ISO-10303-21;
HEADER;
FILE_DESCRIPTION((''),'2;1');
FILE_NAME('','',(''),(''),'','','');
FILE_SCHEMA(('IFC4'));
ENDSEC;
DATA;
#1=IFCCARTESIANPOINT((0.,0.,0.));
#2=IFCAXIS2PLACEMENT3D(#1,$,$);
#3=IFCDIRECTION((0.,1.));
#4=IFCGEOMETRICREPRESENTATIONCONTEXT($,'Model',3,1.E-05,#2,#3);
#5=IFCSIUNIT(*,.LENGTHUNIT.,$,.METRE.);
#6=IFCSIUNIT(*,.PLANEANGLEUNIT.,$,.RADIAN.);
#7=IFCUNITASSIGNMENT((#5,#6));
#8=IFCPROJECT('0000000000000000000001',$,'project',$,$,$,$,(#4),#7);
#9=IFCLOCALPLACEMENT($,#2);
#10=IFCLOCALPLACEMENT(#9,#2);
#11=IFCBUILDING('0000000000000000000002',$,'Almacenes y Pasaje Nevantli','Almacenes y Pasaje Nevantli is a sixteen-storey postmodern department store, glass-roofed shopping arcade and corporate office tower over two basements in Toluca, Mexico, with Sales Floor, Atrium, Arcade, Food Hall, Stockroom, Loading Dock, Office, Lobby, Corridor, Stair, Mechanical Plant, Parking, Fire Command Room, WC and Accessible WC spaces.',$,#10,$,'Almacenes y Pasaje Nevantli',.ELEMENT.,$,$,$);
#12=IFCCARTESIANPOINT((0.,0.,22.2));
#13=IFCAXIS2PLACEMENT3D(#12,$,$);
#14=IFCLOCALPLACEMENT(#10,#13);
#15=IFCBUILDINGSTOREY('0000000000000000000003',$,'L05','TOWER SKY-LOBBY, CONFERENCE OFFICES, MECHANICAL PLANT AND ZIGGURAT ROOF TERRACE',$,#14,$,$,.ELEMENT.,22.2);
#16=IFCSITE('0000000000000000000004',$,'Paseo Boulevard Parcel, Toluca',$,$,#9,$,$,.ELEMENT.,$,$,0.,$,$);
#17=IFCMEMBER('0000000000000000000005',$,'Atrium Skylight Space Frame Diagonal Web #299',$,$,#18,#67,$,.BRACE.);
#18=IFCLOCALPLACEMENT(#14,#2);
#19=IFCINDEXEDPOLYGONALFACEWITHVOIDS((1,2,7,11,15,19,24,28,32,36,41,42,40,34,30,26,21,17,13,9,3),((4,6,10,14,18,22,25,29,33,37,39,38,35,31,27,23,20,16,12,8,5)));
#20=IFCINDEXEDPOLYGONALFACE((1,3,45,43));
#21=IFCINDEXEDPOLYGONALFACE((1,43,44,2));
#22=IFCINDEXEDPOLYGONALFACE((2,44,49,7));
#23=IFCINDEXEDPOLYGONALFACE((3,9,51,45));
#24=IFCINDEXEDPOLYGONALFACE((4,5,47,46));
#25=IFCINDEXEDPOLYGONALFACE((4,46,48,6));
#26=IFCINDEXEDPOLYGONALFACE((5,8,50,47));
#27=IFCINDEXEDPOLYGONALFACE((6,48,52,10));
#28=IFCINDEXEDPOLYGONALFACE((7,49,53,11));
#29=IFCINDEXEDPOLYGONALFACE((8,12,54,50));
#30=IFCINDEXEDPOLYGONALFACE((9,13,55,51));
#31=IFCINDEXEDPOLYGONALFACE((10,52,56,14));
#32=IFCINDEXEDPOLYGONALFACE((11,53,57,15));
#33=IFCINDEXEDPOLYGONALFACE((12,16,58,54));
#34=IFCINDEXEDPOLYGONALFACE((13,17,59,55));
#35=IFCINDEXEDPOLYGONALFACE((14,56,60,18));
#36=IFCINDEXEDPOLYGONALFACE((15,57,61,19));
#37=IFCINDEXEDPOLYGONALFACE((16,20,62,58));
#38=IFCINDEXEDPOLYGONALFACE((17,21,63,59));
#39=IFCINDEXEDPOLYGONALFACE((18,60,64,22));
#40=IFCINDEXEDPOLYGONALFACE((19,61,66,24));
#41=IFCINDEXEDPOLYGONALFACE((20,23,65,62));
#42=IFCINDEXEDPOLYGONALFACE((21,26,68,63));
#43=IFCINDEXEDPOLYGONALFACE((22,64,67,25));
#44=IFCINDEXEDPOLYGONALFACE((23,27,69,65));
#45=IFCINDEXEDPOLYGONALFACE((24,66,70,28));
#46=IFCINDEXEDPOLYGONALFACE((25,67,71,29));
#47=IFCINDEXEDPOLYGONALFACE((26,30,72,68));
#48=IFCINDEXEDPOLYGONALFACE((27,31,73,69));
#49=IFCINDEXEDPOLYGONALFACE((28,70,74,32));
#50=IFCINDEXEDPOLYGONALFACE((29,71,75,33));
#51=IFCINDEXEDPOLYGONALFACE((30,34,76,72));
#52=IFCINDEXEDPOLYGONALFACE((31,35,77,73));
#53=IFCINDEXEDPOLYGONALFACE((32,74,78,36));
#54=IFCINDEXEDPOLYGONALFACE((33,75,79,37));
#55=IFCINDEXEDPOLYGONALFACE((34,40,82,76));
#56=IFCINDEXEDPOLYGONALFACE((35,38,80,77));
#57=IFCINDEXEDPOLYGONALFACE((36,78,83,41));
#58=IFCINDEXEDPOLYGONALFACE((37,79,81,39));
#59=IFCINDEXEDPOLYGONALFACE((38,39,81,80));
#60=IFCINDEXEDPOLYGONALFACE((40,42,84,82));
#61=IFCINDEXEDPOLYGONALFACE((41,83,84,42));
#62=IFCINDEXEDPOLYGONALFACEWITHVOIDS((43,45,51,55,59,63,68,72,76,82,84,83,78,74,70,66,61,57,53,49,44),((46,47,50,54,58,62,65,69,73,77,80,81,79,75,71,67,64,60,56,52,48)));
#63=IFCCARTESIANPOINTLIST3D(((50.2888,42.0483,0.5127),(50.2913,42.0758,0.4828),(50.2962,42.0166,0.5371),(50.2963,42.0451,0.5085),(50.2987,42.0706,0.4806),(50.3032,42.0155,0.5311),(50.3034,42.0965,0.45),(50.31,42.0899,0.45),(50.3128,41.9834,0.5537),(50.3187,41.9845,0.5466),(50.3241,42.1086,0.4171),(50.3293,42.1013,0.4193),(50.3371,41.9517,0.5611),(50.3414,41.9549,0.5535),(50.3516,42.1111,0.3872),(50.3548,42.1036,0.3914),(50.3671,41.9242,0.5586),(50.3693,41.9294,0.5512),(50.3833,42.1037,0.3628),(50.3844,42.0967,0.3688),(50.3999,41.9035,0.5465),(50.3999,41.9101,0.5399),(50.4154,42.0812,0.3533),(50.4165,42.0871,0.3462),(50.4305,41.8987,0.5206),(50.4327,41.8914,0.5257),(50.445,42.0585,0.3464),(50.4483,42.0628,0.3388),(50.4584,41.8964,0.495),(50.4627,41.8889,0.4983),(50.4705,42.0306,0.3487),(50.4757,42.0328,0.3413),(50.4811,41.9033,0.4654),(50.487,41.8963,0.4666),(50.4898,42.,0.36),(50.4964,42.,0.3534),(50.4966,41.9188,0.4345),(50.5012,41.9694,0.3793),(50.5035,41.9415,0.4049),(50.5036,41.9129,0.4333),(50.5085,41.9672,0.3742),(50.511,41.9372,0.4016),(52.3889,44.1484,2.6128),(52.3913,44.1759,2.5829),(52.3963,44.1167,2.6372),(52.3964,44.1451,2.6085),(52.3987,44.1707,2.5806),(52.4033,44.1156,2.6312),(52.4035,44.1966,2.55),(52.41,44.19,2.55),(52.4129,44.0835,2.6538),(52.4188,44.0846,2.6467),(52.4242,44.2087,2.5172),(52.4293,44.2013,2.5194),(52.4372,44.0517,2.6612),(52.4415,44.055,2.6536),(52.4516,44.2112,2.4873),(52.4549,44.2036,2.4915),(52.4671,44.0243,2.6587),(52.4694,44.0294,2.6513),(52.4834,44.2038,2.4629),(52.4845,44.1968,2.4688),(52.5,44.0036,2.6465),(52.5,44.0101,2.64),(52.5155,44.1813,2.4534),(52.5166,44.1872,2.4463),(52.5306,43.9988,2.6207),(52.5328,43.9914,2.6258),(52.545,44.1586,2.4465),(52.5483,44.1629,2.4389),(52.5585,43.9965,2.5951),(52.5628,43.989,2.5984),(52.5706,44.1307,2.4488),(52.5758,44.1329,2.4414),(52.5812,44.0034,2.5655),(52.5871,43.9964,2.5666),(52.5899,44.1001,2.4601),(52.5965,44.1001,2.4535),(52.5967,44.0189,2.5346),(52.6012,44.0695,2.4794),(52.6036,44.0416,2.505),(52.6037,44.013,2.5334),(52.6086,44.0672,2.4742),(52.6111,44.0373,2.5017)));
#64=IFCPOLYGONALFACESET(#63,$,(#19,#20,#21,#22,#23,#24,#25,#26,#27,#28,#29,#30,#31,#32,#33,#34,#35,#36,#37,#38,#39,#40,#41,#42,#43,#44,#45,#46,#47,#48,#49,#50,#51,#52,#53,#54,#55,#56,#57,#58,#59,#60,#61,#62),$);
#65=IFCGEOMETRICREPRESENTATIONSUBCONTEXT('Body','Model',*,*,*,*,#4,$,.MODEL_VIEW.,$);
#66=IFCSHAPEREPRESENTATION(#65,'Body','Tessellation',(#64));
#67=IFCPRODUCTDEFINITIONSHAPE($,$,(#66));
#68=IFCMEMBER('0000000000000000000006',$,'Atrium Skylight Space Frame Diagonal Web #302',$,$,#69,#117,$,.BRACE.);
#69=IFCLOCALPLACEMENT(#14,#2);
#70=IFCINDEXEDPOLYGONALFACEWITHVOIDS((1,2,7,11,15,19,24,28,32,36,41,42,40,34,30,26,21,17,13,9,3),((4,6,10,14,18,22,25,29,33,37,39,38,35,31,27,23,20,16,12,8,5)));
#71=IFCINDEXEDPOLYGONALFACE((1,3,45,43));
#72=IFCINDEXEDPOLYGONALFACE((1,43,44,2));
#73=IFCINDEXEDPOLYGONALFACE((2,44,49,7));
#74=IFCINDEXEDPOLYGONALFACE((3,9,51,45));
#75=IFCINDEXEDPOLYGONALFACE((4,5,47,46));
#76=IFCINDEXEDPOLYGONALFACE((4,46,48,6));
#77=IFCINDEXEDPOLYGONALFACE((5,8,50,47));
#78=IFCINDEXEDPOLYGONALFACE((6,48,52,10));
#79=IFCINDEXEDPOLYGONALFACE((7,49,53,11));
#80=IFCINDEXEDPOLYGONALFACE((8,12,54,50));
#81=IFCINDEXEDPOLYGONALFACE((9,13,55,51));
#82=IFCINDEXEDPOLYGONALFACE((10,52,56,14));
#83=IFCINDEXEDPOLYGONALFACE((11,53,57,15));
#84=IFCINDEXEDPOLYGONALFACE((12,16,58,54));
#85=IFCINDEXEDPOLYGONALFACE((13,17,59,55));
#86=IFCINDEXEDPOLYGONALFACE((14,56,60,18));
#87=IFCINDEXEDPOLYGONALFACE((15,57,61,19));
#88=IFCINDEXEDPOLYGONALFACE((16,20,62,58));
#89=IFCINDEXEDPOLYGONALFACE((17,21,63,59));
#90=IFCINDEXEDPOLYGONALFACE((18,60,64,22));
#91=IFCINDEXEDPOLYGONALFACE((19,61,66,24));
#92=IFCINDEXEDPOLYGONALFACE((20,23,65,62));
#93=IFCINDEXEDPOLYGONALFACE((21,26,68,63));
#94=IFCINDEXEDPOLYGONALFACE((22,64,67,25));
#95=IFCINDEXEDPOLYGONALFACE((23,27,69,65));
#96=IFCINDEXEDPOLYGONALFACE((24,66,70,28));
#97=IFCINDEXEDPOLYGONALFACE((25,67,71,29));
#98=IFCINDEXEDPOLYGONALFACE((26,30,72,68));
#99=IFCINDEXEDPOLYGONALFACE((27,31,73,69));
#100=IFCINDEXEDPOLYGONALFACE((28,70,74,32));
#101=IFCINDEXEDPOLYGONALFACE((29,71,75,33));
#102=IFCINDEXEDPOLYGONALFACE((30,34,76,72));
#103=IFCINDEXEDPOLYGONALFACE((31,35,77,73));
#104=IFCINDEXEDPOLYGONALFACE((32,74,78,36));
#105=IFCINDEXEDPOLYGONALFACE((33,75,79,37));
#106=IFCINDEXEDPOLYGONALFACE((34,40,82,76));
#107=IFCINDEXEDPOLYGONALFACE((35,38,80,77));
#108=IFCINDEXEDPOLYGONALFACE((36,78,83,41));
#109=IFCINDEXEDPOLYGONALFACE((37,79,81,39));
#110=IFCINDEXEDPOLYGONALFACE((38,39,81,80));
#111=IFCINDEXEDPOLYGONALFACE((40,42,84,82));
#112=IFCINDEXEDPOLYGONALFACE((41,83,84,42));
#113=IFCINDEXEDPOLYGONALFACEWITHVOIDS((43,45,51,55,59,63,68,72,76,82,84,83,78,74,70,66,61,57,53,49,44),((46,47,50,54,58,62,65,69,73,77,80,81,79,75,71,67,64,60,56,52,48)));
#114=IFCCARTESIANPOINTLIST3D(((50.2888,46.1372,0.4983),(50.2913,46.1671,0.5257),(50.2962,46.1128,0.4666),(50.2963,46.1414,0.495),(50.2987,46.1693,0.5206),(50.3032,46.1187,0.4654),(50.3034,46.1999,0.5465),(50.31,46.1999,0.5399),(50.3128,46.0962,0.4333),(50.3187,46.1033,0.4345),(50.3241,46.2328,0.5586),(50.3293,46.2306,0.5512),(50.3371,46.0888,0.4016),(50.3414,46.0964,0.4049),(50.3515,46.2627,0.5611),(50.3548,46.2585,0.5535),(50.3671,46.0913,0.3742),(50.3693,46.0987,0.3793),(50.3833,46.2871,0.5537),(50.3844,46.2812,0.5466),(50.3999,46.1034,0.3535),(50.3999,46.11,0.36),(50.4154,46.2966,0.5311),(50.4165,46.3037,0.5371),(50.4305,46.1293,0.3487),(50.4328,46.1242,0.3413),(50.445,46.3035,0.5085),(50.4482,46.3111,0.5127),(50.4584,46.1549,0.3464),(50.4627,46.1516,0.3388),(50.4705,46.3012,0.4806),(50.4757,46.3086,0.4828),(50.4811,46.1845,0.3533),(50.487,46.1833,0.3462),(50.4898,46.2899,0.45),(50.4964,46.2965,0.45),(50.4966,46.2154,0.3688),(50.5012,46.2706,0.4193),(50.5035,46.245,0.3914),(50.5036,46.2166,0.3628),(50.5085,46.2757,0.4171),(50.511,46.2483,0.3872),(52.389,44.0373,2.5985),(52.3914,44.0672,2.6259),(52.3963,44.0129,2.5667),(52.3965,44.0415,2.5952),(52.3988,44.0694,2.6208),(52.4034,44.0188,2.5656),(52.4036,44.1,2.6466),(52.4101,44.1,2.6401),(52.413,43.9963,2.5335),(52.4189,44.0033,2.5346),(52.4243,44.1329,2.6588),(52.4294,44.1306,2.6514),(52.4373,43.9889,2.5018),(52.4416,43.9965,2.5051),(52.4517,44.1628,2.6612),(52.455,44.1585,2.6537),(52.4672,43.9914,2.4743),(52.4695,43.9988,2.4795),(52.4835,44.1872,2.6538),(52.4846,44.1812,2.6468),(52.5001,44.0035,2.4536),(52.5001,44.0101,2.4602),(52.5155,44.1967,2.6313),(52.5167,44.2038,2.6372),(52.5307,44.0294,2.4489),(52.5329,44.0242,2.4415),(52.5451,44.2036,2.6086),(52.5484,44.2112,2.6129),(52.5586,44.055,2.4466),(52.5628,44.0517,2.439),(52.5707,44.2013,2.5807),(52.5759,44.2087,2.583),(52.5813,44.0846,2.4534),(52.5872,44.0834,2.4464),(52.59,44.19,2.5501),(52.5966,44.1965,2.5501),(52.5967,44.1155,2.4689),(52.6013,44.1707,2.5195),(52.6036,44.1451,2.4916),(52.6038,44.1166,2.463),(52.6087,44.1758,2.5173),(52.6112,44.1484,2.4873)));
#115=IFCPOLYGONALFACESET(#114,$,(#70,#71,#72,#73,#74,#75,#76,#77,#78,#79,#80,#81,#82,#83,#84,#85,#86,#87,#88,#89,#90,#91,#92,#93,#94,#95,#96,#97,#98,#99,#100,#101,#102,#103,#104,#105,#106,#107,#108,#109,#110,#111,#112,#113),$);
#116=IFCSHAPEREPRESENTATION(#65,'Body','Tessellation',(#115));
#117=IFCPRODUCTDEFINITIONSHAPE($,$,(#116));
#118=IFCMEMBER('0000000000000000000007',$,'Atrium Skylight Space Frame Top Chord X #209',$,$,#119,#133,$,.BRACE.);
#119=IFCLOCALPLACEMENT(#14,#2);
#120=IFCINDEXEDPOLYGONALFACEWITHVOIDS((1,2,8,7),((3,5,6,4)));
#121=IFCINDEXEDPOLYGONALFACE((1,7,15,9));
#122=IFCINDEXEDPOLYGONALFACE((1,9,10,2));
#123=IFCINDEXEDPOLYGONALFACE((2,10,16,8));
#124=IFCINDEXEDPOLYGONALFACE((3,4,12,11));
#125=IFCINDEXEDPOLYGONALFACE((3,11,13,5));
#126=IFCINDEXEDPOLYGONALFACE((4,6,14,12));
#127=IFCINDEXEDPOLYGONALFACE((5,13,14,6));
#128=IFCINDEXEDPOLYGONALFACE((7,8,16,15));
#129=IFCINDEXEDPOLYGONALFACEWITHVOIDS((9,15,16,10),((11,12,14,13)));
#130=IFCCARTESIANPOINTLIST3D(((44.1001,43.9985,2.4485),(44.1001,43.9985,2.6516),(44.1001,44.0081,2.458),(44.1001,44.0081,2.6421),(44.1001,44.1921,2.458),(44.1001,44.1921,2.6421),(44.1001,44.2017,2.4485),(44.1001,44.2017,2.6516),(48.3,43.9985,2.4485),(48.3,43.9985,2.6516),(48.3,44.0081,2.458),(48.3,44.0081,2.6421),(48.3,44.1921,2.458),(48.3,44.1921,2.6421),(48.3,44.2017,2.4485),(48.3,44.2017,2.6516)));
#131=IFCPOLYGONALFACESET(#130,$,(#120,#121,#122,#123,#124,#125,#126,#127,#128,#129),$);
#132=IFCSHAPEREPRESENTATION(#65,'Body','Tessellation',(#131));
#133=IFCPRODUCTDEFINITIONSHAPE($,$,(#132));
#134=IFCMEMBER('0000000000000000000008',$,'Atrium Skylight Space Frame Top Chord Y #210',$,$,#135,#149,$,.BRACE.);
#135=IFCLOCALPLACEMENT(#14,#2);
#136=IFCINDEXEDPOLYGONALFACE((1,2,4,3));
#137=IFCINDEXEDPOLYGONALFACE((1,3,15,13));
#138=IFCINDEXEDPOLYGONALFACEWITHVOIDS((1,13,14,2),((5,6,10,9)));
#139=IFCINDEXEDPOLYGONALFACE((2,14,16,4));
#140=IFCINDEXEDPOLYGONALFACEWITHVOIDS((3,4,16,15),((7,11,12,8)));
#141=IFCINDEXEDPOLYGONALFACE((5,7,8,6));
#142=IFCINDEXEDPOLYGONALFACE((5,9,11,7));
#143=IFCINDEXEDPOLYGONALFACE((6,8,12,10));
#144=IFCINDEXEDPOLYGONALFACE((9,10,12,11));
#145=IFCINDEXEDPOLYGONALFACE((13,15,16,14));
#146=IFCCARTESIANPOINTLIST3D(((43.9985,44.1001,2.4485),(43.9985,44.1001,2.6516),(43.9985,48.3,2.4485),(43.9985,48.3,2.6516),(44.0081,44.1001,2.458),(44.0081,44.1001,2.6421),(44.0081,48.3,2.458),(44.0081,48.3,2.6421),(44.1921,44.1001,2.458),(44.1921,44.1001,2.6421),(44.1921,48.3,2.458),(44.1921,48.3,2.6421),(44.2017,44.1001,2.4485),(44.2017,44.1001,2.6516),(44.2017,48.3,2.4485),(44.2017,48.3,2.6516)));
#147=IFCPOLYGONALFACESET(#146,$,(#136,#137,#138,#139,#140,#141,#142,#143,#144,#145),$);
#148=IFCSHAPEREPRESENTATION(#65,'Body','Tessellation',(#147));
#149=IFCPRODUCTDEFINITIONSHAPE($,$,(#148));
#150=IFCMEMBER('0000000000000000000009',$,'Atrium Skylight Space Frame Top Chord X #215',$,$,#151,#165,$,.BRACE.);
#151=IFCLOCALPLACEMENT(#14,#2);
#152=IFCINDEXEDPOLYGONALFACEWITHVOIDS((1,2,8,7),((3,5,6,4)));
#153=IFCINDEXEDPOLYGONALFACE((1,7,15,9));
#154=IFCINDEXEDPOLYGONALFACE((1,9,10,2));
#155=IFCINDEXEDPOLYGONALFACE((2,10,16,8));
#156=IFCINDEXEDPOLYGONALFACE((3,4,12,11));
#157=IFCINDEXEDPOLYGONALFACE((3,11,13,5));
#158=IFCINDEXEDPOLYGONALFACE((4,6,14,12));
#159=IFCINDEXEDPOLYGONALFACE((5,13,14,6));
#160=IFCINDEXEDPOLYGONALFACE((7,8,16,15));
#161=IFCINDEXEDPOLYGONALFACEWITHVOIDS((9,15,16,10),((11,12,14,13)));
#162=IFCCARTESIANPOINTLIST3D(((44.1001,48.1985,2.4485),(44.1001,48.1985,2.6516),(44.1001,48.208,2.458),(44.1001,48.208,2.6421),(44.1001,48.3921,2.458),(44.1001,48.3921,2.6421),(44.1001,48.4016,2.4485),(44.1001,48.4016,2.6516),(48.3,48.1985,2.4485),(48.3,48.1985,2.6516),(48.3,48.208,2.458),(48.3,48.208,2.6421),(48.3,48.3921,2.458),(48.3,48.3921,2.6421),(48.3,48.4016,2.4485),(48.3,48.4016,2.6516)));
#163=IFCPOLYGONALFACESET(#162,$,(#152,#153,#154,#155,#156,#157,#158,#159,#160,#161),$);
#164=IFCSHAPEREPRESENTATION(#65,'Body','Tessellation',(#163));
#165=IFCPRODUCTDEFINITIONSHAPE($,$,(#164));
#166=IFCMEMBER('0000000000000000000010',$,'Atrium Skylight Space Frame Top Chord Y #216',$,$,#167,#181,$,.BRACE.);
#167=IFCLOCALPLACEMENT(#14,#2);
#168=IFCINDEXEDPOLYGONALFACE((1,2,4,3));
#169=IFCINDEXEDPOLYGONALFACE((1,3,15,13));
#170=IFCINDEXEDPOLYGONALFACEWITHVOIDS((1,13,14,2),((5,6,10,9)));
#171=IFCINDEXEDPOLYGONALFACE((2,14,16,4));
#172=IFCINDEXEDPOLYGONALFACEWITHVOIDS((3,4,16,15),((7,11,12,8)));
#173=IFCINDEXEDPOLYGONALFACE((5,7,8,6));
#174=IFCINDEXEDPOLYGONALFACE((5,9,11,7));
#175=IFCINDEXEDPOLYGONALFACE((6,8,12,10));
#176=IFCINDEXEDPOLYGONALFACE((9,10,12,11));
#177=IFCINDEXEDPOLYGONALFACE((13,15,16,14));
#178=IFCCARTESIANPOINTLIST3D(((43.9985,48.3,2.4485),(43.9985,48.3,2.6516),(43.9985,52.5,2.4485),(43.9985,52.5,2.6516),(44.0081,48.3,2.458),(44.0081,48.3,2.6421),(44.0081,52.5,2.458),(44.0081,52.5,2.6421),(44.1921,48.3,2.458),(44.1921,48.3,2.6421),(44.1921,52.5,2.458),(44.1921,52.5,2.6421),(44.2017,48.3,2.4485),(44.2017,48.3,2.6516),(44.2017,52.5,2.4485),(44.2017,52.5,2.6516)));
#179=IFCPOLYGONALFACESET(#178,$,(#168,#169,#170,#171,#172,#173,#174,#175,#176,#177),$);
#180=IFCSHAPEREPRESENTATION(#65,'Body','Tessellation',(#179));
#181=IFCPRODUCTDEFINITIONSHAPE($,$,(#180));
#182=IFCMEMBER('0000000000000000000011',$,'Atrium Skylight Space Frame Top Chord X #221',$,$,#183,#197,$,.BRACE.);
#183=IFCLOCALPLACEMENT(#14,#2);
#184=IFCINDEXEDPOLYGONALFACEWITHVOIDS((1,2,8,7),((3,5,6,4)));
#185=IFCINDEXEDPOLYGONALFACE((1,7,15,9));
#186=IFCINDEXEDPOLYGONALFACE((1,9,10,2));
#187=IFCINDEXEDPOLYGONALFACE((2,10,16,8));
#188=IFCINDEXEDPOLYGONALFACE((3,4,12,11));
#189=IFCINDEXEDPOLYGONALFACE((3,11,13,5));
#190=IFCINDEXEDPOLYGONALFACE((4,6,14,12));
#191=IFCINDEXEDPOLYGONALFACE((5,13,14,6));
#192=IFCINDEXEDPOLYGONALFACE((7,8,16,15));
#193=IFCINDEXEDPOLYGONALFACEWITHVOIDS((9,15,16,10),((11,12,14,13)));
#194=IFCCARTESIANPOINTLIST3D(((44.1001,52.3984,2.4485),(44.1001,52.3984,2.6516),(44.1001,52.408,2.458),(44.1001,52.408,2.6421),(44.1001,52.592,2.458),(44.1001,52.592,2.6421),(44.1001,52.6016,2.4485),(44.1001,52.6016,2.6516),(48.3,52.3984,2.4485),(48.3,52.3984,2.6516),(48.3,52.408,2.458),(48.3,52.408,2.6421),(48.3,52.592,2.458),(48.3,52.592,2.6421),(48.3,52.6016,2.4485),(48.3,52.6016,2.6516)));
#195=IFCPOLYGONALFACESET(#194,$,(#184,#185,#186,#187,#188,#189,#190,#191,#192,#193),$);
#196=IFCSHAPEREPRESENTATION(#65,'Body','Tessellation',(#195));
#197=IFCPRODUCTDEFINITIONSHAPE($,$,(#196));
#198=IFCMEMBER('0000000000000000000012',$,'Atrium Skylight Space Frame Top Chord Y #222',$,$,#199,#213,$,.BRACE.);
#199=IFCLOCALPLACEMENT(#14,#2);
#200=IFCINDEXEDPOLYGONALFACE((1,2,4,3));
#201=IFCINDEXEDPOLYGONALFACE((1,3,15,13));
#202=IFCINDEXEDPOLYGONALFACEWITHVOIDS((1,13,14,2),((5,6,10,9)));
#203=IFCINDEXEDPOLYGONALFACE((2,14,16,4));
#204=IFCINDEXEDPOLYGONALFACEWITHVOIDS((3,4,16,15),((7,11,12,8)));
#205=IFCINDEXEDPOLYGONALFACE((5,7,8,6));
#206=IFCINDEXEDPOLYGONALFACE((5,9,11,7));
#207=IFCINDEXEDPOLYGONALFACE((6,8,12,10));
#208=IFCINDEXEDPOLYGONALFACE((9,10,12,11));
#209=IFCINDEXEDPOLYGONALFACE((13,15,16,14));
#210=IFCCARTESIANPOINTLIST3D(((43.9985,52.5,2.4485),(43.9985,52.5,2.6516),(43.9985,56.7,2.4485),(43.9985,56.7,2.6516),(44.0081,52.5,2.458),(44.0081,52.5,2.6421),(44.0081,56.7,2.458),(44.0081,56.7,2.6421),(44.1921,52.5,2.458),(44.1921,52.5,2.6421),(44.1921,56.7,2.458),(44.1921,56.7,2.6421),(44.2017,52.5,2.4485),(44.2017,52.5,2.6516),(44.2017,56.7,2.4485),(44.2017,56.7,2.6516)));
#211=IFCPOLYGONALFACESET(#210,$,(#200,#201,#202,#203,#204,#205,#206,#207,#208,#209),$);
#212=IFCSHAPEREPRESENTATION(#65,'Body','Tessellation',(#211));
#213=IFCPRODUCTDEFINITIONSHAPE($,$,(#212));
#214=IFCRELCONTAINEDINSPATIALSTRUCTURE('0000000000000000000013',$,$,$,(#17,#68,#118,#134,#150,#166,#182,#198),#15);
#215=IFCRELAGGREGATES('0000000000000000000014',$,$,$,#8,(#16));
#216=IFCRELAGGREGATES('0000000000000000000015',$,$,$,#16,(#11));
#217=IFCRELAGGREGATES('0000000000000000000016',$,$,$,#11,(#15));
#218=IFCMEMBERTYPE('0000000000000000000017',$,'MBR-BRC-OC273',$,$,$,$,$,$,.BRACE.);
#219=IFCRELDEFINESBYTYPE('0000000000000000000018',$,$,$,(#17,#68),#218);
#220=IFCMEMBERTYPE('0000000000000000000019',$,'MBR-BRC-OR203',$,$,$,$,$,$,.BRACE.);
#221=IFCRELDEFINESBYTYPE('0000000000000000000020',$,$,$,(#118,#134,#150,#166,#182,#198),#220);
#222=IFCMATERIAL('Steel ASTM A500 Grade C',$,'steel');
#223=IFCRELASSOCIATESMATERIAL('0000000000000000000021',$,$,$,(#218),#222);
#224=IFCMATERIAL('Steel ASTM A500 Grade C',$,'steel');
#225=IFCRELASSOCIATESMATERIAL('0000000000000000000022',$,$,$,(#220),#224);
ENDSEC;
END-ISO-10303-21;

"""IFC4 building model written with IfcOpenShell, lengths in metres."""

from ifc_helpers import new_model, si_unit, direction, frame, origin, origin_2d, place, context, subcontext, project, spatial, hollow_rectangle, hollow_circle, extrude, material, material_profile, profile_set, type_object, element, save


model = new_model("IFC4")

# Units and contexts
model_context = context("Model", 3, precision=1e-05, world=origin(), true_north=direction((0.0, 1.0)))
body_context = subcontext(model_context, "Body", "Model", "MODEL_VIEW")
ifc_project = project(units=[si_unit("LENGTHUNIT", "METRE"), si_unit("PLANEANGLEUNIT", "RADIAN")], contexts=[model_context])

# Site, building, storey
site_placement = place(None, origin())
site = spatial("IfcSite", under=ifc_project, at=site_placement, Name="Paseo Boulevard Parcel, Toluca", CompositionType="ELEMENT", RefElevation=0.0)
building_placement = place(site_placement, origin())
building = spatial("IfcBuilding", under=site, at=building_placement, Name="Almacenes y Pasaje Nevantli", Description="Almacenes y Pasaje Nevantli is a sixteen-storey postmodern department store, glass-roofed shopping arcade and corporate office tower over two basements in Toluca, Mexico, with Sales Floor, Atrium, Arcade, Food Hall, Stockroom, Loading Dock, Office, Lobby, Corridor, Stair, Mechanical Plant, Parking, Fire Command Room, WC and Accessible WC spaces.", LongName="Almacenes y Pasaje Nevantli", CompositionType="ELEMENT")
storey_placement = place(building_placement, frame((0.0, 0.0, 22.2)))
storey = spatial("IfcBuildingStorey", under=building, at=storey_placement, Name="L05", Description="TOWER SKY-LOBBY, CONFERENCE OFFICES, MECHANICAL PLANT AND ZIGGURAT ROOF TERRACE", CompositionType="ELEMENT", Elevation=22.2)

# Members
ifc_material_1 = material(Name="Steel ASTM A500 Grade C", Category="steel")
ifc_material_profile_1 = material_profile(ifc_material_1, hollow_circle(Radius=0.1365, WallThickness=0.0093, at=origin_2d()), Name="OC 273x9.3")
ifc_profile_set_1 = profile_set([ifc_material_profile_1], Name="Steel ASTM A500 Grade C")
member_type_1 = type_object("IfcMemberType", Name="MBR-BRC-OC273", PredefinedType="BRACE", material=ifc_profile_set_1)
for number, where, z_axis, x_axis, name in (
    (1, (50.3999, 42.0, 0.45), (0.57735, 0.57735, 0.57735), (-0.707107, 0.707107, 0.0), "Atrium Skylight Space Frame Diagonal Web #299"),
    (2, (50.3999, 46.2, 0.45), (0.577373, -0.577306, 0.577373), (0.707066, 0.707148, 0.0), "Atrium Skylight Space Frame Diagonal Web #302"),
):
    element("IfcMember", number, at=place(storey_placement, frame(where, z_axis=z_axis, x_axis=x_axis)), inside=storey, type_object=member_type_1, Name=name, PredefinedType="BRACE", context=body_context, shape_type="SweptSolid", body=[
        extrude(hollow_circle(Radius=0.1365, WallThickness=0.0093, at=origin_2d()), origin(), (0.0, 0.0, 1.0), 3.6375),
    ])
ifc_material_2 = material(Name="Steel ASTM A500 Grade C", Category="steel")
ifc_material_profile_2 = material_profile(ifc_material_2, hollow_rectangle(XDim=0.2031, YDim=0.2031, WallThickness=0.0095, at=origin_2d()), Name="OR 203x203x9.5")
ifc_profile_set_2 = profile_set([ifc_material_profile_2], Name="Steel ASTM A500 Grade C")
member_type_2 = type_object("IfcMemberType", Name="MBR-BRC-OR203", PredefinedType="BRACE", material=ifc_profile_set_2)
for number, where, z_axis, x_axis, name in (
    (3, (44.1001, 44.1001, 2.55), (1.0, 0.0, 0.0), (0.0, 1.0, 0.0), "Atrium Skylight Space Frame Top Chord X #209"),
    (4, (44.1001, 44.1001, 2.55), (0.0, 1.0, 0.0), (-1.0, 0.0, 0.0), "Atrium Skylight Space Frame Top Chord Y #210"),
    (5, (44.1001, 48.3, 2.55), (1.0, 0.0, 0.0), (0.0, 1.0, 0.0), "Atrium Skylight Space Frame Top Chord X #215"),
    (6, (44.1001, 48.3, 2.55), (0.0, 1.0, 0.0), (-1.0, 0.0, 0.0), "Atrium Skylight Space Frame Top Chord Y #216"),
    (7, (44.1001, 52.5, 2.55), (1.0, 0.0, 0.0), (0.0, 1.0, 0.0), "Atrium Skylight Space Frame Top Chord X #221"),
    (8, (44.1001, 52.5, 2.55), (0.0, 1.0, 0.0), (-1.0, 0.0, 0.0), "Atrium Skylight Space Frame Top Chord Y #222"),
):
    element("IfcMember", number, at=place(storey_placement, frame(where, z_axis=z_axis, x_axis=x_axis)), inside=storey, type_object=member_type_2, Name=name, PredefinedType="BRACE", context=body_context, shape_type="SweptSolid", body=[
        extrude(hollow_rectangle(XDim=0.2031, YDim=0.2031, WallThickness=0.0095, at=origin_2d()), origin(), (0.0, 0.0, 1.0), 4.2),
    ])

save(model, "model.ifc")
